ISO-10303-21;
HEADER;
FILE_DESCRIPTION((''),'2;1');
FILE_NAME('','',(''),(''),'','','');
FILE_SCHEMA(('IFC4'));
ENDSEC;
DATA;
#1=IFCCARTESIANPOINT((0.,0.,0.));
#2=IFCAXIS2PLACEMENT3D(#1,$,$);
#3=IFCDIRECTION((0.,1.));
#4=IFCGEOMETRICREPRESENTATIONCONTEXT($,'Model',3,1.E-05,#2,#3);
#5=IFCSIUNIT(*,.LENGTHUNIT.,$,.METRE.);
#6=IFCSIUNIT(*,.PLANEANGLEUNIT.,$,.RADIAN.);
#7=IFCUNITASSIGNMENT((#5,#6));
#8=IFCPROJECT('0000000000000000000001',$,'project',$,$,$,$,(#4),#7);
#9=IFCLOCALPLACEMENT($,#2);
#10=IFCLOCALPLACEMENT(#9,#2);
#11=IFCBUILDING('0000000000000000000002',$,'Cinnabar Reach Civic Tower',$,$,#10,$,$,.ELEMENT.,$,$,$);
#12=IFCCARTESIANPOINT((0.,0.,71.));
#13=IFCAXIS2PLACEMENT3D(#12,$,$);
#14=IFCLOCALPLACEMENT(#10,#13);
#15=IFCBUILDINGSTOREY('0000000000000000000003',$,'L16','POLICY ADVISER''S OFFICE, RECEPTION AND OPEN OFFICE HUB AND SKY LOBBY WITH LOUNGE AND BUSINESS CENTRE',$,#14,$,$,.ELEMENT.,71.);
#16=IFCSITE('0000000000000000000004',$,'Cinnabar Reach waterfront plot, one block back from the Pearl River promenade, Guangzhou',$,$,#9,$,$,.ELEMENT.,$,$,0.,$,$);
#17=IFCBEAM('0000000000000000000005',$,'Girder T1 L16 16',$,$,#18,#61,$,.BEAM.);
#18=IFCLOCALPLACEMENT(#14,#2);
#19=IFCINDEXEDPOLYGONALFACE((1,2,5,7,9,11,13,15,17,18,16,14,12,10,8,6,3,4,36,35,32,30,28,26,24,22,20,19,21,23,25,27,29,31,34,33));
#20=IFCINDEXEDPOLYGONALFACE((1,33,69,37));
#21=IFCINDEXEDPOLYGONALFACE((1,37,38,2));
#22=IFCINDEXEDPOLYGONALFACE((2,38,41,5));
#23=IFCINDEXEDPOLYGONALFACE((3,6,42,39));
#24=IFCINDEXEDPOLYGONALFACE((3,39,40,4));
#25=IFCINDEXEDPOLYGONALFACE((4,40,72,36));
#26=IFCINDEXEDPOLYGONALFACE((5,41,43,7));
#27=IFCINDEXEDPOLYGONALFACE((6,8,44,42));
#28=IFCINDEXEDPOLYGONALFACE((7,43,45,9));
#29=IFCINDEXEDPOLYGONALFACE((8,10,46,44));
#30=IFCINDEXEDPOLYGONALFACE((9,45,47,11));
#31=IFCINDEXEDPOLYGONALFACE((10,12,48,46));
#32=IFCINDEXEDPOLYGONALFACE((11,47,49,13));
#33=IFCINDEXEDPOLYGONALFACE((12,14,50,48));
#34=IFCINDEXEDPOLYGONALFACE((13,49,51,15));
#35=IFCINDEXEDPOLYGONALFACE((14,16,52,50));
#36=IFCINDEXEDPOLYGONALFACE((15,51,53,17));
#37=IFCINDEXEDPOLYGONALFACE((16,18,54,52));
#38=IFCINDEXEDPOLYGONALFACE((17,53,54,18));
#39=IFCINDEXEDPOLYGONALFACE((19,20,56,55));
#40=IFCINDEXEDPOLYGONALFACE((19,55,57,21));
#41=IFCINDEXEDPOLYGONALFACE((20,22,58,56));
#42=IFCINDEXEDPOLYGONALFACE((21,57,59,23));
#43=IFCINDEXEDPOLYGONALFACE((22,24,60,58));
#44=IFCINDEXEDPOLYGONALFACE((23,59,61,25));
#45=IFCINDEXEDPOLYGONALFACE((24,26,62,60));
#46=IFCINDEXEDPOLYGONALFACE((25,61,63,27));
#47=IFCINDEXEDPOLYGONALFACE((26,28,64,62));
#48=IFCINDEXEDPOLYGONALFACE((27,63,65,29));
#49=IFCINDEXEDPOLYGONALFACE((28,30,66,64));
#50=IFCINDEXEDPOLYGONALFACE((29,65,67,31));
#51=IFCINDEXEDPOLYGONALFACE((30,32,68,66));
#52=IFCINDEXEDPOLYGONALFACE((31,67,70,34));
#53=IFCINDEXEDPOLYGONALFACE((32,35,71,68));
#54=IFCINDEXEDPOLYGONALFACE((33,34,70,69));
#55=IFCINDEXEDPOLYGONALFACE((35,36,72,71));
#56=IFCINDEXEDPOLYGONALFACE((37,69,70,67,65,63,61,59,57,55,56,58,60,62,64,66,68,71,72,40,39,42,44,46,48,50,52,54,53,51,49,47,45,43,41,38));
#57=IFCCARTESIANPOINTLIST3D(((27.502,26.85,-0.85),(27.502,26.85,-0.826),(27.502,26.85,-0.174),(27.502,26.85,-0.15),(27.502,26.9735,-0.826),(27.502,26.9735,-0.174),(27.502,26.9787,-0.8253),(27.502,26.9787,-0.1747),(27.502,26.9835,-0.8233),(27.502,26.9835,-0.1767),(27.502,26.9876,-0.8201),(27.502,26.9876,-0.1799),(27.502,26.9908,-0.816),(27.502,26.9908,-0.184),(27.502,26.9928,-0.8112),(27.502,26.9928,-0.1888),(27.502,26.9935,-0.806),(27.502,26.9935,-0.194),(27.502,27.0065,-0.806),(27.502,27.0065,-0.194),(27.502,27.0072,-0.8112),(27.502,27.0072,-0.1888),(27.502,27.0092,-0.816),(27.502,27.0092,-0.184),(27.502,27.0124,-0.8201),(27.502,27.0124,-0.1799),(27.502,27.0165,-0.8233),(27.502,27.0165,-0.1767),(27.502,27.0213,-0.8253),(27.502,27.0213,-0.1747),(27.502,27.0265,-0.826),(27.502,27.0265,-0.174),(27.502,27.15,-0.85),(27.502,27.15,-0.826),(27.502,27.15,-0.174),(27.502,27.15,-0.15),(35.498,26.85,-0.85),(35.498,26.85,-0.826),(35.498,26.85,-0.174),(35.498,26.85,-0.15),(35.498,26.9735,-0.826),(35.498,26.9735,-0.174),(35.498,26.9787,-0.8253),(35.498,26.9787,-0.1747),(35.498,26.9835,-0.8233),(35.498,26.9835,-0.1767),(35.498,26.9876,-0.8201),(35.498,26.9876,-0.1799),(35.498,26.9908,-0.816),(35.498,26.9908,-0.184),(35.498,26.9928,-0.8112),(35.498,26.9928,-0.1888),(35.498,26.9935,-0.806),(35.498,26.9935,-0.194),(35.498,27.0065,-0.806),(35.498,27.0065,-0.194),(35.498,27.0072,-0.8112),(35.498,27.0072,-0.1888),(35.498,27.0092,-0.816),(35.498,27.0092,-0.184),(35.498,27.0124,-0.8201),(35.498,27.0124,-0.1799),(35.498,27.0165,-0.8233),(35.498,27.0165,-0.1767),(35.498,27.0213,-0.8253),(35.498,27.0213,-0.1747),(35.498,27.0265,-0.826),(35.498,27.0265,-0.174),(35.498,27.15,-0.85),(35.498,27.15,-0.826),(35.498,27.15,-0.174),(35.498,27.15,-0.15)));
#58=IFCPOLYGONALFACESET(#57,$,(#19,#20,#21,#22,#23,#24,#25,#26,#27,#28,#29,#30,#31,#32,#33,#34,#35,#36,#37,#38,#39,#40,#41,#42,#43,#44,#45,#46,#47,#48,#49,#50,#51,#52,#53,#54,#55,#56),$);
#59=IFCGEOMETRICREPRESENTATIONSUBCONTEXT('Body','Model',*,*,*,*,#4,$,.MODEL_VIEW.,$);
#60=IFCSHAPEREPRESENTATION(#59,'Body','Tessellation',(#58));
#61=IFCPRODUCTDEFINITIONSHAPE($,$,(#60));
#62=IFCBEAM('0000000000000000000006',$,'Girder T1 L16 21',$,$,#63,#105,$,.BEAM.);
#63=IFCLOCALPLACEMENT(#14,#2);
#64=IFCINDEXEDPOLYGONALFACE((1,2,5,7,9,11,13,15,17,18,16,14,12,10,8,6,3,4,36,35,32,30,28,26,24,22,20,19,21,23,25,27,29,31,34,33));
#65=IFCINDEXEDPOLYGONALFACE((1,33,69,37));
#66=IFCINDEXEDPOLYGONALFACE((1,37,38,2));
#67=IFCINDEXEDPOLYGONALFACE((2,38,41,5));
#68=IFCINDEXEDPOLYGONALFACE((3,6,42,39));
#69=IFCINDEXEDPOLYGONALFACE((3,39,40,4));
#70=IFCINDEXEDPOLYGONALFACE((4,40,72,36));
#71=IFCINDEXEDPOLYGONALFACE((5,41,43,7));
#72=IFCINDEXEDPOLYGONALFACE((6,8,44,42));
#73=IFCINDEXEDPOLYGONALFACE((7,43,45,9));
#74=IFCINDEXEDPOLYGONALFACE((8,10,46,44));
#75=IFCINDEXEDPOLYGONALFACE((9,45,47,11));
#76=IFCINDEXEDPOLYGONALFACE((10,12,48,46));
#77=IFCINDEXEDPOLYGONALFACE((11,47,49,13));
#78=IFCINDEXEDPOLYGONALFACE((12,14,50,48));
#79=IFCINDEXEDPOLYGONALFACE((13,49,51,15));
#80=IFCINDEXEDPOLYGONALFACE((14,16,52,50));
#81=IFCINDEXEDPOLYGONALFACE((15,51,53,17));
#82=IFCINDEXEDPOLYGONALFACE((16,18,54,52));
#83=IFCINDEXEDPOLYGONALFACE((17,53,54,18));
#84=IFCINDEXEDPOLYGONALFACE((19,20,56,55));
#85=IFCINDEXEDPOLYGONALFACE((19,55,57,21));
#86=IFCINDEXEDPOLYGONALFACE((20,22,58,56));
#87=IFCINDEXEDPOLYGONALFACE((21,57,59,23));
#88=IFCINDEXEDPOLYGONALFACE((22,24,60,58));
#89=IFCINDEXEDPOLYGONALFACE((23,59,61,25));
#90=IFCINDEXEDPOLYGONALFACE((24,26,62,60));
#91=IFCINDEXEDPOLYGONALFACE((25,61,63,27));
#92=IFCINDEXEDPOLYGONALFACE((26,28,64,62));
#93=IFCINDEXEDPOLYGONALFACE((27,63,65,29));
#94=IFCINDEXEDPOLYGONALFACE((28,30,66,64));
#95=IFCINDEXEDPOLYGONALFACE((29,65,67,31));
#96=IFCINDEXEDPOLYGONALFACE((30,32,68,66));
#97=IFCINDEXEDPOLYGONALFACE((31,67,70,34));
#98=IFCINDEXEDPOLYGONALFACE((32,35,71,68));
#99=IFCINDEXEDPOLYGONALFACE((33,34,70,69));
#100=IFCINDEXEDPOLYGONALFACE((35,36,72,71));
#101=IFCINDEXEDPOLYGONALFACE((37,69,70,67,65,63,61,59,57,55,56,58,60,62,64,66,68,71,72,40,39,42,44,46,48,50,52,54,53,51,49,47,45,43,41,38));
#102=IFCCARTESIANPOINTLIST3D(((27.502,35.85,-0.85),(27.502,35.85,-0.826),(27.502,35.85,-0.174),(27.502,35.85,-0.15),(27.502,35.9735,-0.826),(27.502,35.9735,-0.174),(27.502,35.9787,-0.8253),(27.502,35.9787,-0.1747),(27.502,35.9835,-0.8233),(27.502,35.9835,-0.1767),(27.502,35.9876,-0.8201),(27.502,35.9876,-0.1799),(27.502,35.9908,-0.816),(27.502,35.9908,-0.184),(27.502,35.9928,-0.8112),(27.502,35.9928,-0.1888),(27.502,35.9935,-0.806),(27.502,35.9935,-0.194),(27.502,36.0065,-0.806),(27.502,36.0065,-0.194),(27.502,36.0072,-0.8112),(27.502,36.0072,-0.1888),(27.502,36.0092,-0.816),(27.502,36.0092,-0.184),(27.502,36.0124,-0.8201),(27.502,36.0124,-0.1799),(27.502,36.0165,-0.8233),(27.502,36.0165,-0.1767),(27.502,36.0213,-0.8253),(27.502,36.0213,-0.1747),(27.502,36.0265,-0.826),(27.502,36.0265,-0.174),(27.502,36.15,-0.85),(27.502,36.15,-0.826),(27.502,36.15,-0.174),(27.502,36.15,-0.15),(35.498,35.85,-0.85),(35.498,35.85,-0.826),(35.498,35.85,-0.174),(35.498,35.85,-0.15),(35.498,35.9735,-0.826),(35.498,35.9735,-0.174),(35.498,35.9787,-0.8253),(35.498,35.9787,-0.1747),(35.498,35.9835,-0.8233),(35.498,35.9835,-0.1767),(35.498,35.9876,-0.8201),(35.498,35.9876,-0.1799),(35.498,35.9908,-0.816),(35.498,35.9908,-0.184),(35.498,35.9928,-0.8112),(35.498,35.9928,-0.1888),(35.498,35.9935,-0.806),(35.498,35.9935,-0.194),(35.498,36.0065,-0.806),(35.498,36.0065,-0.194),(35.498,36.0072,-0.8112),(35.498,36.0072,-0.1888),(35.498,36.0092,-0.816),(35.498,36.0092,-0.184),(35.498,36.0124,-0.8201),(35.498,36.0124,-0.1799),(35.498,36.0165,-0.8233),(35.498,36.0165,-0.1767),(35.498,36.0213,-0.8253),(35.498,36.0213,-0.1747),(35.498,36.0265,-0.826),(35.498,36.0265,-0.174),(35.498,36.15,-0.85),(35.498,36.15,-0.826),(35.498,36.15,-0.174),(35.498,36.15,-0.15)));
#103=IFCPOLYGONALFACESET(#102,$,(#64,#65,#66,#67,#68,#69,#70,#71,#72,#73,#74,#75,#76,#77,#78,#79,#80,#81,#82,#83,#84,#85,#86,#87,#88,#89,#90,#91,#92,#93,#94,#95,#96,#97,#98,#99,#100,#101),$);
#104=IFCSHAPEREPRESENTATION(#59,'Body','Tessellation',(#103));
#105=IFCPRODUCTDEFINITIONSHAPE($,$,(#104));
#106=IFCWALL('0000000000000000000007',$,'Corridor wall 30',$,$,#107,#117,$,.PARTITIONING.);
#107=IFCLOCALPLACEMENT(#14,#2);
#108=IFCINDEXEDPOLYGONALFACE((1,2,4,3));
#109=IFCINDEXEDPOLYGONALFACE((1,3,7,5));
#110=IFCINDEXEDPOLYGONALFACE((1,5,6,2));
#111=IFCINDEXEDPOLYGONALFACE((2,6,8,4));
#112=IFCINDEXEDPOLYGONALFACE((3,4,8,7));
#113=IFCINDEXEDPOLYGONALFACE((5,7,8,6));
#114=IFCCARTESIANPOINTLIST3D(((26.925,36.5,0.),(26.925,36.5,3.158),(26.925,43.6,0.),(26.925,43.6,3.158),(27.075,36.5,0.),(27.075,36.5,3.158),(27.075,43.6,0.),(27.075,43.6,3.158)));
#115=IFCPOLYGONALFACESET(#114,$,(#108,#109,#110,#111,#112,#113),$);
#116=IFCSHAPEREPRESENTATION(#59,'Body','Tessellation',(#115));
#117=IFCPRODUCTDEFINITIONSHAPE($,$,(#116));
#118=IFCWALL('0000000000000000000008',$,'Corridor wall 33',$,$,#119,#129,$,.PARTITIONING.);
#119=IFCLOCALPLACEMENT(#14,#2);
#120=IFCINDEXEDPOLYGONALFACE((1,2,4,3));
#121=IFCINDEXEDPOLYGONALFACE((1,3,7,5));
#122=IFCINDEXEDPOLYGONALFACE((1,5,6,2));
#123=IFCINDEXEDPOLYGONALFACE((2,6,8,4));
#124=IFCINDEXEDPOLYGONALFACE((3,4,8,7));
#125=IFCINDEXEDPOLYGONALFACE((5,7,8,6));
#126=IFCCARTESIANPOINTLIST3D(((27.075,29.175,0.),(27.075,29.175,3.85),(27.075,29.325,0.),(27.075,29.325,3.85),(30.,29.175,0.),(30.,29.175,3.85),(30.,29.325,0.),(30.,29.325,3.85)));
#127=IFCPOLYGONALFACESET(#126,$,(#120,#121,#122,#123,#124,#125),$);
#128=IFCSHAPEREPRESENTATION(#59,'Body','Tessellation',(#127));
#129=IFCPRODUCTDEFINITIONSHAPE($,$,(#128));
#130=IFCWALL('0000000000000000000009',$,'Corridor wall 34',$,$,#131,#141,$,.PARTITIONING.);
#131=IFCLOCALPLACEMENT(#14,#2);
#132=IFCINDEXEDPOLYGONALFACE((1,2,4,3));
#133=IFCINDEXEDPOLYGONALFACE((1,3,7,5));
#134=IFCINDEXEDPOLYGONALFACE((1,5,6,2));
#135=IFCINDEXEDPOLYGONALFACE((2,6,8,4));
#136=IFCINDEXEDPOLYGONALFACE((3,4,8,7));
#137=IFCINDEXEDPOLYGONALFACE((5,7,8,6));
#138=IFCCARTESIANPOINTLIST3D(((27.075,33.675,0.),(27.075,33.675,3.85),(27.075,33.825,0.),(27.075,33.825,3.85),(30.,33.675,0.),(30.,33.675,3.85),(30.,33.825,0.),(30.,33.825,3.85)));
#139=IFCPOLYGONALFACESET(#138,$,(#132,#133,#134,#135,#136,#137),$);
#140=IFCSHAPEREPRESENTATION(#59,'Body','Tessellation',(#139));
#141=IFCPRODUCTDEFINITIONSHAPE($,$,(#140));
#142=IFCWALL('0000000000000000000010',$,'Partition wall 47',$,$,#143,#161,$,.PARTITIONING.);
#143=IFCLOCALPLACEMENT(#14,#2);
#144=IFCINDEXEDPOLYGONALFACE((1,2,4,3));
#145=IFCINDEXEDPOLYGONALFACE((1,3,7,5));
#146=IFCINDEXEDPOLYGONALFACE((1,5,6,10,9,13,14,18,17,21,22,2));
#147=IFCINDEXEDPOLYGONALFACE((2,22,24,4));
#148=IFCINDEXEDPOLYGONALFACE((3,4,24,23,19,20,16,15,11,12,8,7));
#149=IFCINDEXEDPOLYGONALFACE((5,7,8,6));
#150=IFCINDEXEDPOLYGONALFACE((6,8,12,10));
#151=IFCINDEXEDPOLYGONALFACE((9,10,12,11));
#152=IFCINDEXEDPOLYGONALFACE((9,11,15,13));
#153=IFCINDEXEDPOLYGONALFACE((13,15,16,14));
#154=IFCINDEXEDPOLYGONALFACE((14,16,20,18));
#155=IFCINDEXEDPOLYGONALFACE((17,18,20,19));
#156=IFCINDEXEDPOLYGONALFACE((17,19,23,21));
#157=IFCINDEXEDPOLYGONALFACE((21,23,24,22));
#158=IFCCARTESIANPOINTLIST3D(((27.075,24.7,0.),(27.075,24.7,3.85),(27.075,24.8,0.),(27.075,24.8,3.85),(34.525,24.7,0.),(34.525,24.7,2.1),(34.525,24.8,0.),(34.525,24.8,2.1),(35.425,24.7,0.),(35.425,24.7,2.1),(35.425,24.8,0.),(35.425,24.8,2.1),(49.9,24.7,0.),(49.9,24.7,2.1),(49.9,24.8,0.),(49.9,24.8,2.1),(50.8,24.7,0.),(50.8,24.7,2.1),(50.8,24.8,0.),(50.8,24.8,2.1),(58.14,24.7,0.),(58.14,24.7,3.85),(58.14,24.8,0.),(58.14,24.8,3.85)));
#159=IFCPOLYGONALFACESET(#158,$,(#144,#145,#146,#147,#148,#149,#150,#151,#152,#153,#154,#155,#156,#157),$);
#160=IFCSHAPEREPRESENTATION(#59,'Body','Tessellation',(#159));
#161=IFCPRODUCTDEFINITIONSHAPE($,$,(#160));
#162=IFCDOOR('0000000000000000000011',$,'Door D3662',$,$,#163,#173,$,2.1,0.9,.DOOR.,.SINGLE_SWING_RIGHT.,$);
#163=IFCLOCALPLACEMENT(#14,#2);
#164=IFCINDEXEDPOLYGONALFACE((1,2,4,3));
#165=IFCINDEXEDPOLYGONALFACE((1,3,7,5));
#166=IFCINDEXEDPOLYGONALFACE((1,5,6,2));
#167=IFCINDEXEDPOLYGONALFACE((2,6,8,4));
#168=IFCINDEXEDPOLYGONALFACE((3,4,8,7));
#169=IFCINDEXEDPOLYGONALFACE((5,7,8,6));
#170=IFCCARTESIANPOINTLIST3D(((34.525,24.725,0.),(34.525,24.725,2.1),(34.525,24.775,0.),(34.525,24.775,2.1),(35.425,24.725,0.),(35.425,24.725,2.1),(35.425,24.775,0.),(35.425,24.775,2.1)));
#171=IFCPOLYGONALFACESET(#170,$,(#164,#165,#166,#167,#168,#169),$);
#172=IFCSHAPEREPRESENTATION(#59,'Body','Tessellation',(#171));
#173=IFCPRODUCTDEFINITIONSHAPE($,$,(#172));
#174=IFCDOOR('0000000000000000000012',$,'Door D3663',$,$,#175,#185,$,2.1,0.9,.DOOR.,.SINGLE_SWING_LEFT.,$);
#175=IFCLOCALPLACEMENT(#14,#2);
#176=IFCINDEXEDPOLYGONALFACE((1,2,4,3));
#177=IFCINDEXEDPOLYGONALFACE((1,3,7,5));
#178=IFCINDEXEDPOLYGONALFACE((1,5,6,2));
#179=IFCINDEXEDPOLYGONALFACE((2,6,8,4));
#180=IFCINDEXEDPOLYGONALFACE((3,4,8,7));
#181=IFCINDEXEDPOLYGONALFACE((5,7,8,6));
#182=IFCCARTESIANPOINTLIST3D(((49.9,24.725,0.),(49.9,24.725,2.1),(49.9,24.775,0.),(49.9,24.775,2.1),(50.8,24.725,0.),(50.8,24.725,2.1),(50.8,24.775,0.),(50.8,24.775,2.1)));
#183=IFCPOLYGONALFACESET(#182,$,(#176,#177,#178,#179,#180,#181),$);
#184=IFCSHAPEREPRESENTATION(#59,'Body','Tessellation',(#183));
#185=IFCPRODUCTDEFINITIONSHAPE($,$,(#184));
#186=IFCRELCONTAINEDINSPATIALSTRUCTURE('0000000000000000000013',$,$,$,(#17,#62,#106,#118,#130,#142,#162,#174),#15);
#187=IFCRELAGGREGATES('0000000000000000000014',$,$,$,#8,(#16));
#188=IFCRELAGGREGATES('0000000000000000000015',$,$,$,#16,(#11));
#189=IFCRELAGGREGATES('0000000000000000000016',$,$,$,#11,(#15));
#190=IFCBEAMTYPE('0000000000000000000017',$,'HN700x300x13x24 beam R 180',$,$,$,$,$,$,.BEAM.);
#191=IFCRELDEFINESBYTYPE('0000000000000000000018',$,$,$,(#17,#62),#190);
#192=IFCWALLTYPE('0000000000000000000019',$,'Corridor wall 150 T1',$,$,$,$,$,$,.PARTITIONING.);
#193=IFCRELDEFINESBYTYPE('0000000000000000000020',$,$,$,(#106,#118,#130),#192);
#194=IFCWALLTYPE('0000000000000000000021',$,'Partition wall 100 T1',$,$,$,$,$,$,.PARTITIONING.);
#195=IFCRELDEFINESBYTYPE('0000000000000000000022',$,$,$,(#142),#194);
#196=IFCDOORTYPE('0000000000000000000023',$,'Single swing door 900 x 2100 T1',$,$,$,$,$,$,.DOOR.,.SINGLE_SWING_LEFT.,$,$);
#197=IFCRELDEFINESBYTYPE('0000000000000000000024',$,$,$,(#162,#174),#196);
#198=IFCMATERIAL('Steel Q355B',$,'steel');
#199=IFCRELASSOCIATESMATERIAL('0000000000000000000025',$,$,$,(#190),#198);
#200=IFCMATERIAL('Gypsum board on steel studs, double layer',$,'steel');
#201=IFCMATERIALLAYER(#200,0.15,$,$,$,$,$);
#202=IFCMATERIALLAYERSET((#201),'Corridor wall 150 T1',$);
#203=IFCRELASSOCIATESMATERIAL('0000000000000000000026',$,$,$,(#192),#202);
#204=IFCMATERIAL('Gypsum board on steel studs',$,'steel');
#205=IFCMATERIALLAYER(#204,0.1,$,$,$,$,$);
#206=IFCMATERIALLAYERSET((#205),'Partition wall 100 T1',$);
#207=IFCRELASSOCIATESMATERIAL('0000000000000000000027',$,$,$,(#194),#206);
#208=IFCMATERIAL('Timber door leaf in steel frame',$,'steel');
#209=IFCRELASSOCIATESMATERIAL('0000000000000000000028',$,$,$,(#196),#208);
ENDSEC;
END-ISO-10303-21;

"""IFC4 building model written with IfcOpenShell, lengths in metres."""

from ifc_helpers import new_model, si_unit, direction, frame, frame_2d, origin, origin_2d, place, context, subcontext, project, spatial, rectangle, i_section, extrude, material, layer, layer_set, material_profile, profile_set, type_object, element, fill, save


model = new_model("IFC4")

# Units and contexts
model_context = context("Model", 3, precision=1e-05, world=origin(), true_north=direction((0.0, 1.0)))
body_context = subcontext(model_context, "Body", "Model", "MODEL_VIEW")
ifc_project = project(units=[si_unit("LENGTHUNIT", "METRE"), si_unit("PLANEANGLEUNIT", "RADIAN")], contexts=[model_context])

# Site, building, storey
site_placement = place(None, origin())
site = spatial("IfcSite", under=ifc_project, at=site_placement, Name="Cinnabar Reach waterfront plot, one block back from the Pearl River promenade, Guangzhou", CompositionType="ELEMENT", RefElevation=0.0)
building_placement = place(site_placement, origin())
building = spatial("IfcBuilding", under=site, at=building_placement, Name="Cinnabar Reach Civic Tower", CompositionType="ELEMENT")
storey_placement = place(building_placement, frame((0.0, 0.0, 71.0)))
storey = spatial("IfcBuildingStorey", under=building, at=storey_placement, Name="L16", Description="POLICY ADVISER'S OFFICE, RECEPTION AND OPEN OFFICE HUB AND SKY LOBBY WITH LOUNGE AND BUSINESS CENTRE", CompositionType="ELEMENT", Elevation=71.0)

# Beams
ifc_material_1 = material(Name="Steel Q355B", Category="steel")
ifc_material_profile_1 = material_profile(ifc_material_1, i_section(OverallWidth=0.3, OverallDepth=0.7, WebThickness=0.013, FlangeThickness=0.024, FilletRadius=0.02, at=origin_2d()), Name="HN700x300x13x24")
ifc_profile_set_1 = profile_set([ifc_material_profile_1], Name="Steel Q355B")
beam_type_1 = type_object("IfcBeamType", Name="HN700x300x13x24 beam R 180", PredefinedType="BEAM", material=ifc_profile_set_1)
for number, where, z_axis, x_axis, name in (
    (1, (27.502, 27.0, -0.5), (1.0, 0.0, 0.0), (0.0, 1.0, 0.0), "Girder T1 L16 16"),
    (2, (27.502, 36.0, -0.5), (1.0, 0.0, 0.0), (0.0, 1.0, 0.0), "Girder T1 L16 21"),
):
    element("IfcBeam", number, at=place(storey_placement, frame(where, z_axis=z_axis, x_axis=x_axis)), inside=storey, type_object=beam_type_1, Name=name, PredefinedType="BEAM", context=body_context, shape_type="SweptSolid", body=[
        extrude(i_section(OverallWidth=0.3, OverallDepth=0.7, WebThickness=0.013, FlangeThickness=0.024, FilletRadius=0.02, at=origin_2d()), origin(), (0.0, 0.0, 1.0), 7.996),
    ])

# Walls
ifc_material_2 = material(Name="Gypsum board on steel studs, double layer", Category="steel")
ifc_layer_1 = layer(ifc_material_2, 0.15)
ifc_layer_set_1 = layer_set([ifc_layer_1], Name="Corridor wall 150 T1")
wall_type_1 = type_object("IfcWallType", Name="Corridor wall 150 T1", PredefinedType="PARTITIONING", material=ifc_layer_set_1)
wall_1_placement = place(storey_placement, frame((27.0, 36.5, 0.0), z_axis=(0.0, 0.0, 1.0), x_axis=(0.0, 1.0, 0.0)))
element("IfcWall", 3, at=wall_1_placement, inside=storey, type_object=wall_type_1, Name="Corridor wall 30", PredefinedType="PARTITIONING", context=body_context, shape_type="SweptSolid", body=[
    extrude(rectangle(XDim=7.1, YDim=0.15, at=frame_2d((3.55, 0.0))), origin(), (0.0, 0.0, 1.0), 3.158),
])
for number, where, z_axis, x_axis, name in (
    (4, (27.075, 29.25, 0.0), (0.0, 0.0, 1.0), (1.0, 0.0, 0.0), "Corridor wall 33"),
    (5, (27.075, 33.75, 0.0), (0.0, 0.0, 1.0), (1.0, 0.0, 0.0), "Corridor wall 34"),
):
    element("IfcWall", number, at=place(storey_placement, frame(where, z_axis=z_axis, x_axis=x_axis)), inside=storey, type_object=wall_type_1, Name=name, PredefinedType="PARTITIONING", context=body_context, shape_type="SweptSolid", body=[
        extrude(rectangle(XDim=2.925, YDim=0.15, at=frame_2d((1.4625, 0.0))), origin(), (0.0, 0.0, 1.0), 3.85),
    ])

# Wall, openings, doors
ifc_material_3 = material(Name="Gypsum board on steel studs", Category="steel")
ifc_layer_2 = layer(ifc_material_3, 0.1)
ifc_layer_set_2 = layer_set([ifc_layer_2], Name="Partition wall 100 T1")
wall_type_2 = type_object("IfcWallType", Name="Partition wall 100 T1", PredefinedType="PARTITIONING", material=ifc_layer_set_2)
wall_2_placement = place(storey_placement, frame((27.075, 24.75, 0.0), z_axis=(0.0, 0.0, 1.0), x_axis=(1.0, 0.0, 0.0)))
wall_2 = element("IfcWall", 6, at=wall_2_placement, inside=storey, type_object=wall_type_2, Name="Partition wall 47", PredefinedType="PARTITIONING", context=body_context, shape_type="SweptSolid", body=[
    extrude(rectangle(XDim=31.065, YDim=0.1, at=frame_2d((15.5325, 0.0))), origin(), (0.0, 0.0, 1.0), 3.85),
])
opening_1_placement = place(wall_2_placement, frame((7.45, 0.0, 0.0)))
opening_1 = element("IfcOpeningElement", 7, at=opening_1_placement, cuts=wall_2, PredefinedType="OPENING", context=body_context, shape_type="SweptSolid", body=[
    extrude(rectangle(XDim=0.9, YDim=2.1, at=frame_2d((0.45, 1.05))), frame((0.0, 0.06, 0.0), z_axis=(0.0, -1.0, 0.0), x_axis=(1.0, 0.0, 0.0)), (0.0, 0.0, 1.0), 0.12),
])
opening_2_placement = place(wall_2_placement, frame((22.825, 0.0, 0.0)))
opening_2 = element("IfcOpeningElement", 8, at=opening_2_placement, cuts=wall_2, PredefinedType="OPENING", context=body_context, shape_type="SweptSolid", body=[
    extrude(rectangle(XDim=0.9, YDim=2.1, at=frame_2d((0.45, 1.05))), frame((0.0, 0.06, 0.0), z_axis=(0.0, -1.0, 0.0), x_axis=(1.0, 0.0, 0.0)), (0.0, 0.0, 1.0), 0.12),
])
ifc_material_4 = material(Name="Timber door leaf in steel frame", Category="steel")
door_type_1 = type_object("IfcDoorType", Name="Single swing door 900 x 2100 T1", OperationType="SINGLE_SWING_LEFT", PredefinedType="DOOR", material=ifc_material_4)
door_1_placement = place(opening_1_placement, frame((0.9, 0.0, 0.0), z_axis=(0.0, 0.0, 1.0), x_axis=(-1.0, 0.0, 0.0)))
door_1 = element("IfcDoor", 9, at=door_1_placement, inside=storey, type_object=door_type_1, Name="Door D3662", OperationType="SINGLE_SWING_RIGHT", OverallHeight=2.1, OverallWidth=0.9, PredefinedType="DOOR", context=body_context, shape_type="SweptSolid", body=[
    extrude(rectangle(XDim=0.9, YDim=2.1, at=frame_2d((0.45, 1.05))), frame((0.0, 0.025, 0.0), z_axis=(0.0, -1.0, 0.0), x_axis=(1.0, 0.0, 0.0)), (0.0, 0.0, 1.0), 0.05),
])
fill(opening_1, door_1)
door_2_placement = place(opening_2_placement, frame((0.9, 0.0, 0.0), z_axis=(0.0, 0.0, 1.0), x_axis=(-1.0, 0.0, 0.0)))
door_2 = element("IfcDoor", 10, at=door_2_placement, inside=storey, type_object=door_type_1, Name="Door D3663", OperationType="SINGLE_SWING_LEFT", OverallHeight=2.1, OverallWidth=0.9, PredefinedType="DOOR", context=body_context, shape_type="SweptSolid", body=[
    extrude(rectangle(XDim=0.9, YDim=2.1, at=frame_2d((0.45, 1.05))), frame((0.0, 0.025, 0.0), z_axis=(0.0, -1.0, 0.0), x_axis=(1.0, 0.0, 0.0)), (0.0, 0.0, 1.0), 0.05),
])
fill(opening_2, door_2)

save(model, "model.ifc")
